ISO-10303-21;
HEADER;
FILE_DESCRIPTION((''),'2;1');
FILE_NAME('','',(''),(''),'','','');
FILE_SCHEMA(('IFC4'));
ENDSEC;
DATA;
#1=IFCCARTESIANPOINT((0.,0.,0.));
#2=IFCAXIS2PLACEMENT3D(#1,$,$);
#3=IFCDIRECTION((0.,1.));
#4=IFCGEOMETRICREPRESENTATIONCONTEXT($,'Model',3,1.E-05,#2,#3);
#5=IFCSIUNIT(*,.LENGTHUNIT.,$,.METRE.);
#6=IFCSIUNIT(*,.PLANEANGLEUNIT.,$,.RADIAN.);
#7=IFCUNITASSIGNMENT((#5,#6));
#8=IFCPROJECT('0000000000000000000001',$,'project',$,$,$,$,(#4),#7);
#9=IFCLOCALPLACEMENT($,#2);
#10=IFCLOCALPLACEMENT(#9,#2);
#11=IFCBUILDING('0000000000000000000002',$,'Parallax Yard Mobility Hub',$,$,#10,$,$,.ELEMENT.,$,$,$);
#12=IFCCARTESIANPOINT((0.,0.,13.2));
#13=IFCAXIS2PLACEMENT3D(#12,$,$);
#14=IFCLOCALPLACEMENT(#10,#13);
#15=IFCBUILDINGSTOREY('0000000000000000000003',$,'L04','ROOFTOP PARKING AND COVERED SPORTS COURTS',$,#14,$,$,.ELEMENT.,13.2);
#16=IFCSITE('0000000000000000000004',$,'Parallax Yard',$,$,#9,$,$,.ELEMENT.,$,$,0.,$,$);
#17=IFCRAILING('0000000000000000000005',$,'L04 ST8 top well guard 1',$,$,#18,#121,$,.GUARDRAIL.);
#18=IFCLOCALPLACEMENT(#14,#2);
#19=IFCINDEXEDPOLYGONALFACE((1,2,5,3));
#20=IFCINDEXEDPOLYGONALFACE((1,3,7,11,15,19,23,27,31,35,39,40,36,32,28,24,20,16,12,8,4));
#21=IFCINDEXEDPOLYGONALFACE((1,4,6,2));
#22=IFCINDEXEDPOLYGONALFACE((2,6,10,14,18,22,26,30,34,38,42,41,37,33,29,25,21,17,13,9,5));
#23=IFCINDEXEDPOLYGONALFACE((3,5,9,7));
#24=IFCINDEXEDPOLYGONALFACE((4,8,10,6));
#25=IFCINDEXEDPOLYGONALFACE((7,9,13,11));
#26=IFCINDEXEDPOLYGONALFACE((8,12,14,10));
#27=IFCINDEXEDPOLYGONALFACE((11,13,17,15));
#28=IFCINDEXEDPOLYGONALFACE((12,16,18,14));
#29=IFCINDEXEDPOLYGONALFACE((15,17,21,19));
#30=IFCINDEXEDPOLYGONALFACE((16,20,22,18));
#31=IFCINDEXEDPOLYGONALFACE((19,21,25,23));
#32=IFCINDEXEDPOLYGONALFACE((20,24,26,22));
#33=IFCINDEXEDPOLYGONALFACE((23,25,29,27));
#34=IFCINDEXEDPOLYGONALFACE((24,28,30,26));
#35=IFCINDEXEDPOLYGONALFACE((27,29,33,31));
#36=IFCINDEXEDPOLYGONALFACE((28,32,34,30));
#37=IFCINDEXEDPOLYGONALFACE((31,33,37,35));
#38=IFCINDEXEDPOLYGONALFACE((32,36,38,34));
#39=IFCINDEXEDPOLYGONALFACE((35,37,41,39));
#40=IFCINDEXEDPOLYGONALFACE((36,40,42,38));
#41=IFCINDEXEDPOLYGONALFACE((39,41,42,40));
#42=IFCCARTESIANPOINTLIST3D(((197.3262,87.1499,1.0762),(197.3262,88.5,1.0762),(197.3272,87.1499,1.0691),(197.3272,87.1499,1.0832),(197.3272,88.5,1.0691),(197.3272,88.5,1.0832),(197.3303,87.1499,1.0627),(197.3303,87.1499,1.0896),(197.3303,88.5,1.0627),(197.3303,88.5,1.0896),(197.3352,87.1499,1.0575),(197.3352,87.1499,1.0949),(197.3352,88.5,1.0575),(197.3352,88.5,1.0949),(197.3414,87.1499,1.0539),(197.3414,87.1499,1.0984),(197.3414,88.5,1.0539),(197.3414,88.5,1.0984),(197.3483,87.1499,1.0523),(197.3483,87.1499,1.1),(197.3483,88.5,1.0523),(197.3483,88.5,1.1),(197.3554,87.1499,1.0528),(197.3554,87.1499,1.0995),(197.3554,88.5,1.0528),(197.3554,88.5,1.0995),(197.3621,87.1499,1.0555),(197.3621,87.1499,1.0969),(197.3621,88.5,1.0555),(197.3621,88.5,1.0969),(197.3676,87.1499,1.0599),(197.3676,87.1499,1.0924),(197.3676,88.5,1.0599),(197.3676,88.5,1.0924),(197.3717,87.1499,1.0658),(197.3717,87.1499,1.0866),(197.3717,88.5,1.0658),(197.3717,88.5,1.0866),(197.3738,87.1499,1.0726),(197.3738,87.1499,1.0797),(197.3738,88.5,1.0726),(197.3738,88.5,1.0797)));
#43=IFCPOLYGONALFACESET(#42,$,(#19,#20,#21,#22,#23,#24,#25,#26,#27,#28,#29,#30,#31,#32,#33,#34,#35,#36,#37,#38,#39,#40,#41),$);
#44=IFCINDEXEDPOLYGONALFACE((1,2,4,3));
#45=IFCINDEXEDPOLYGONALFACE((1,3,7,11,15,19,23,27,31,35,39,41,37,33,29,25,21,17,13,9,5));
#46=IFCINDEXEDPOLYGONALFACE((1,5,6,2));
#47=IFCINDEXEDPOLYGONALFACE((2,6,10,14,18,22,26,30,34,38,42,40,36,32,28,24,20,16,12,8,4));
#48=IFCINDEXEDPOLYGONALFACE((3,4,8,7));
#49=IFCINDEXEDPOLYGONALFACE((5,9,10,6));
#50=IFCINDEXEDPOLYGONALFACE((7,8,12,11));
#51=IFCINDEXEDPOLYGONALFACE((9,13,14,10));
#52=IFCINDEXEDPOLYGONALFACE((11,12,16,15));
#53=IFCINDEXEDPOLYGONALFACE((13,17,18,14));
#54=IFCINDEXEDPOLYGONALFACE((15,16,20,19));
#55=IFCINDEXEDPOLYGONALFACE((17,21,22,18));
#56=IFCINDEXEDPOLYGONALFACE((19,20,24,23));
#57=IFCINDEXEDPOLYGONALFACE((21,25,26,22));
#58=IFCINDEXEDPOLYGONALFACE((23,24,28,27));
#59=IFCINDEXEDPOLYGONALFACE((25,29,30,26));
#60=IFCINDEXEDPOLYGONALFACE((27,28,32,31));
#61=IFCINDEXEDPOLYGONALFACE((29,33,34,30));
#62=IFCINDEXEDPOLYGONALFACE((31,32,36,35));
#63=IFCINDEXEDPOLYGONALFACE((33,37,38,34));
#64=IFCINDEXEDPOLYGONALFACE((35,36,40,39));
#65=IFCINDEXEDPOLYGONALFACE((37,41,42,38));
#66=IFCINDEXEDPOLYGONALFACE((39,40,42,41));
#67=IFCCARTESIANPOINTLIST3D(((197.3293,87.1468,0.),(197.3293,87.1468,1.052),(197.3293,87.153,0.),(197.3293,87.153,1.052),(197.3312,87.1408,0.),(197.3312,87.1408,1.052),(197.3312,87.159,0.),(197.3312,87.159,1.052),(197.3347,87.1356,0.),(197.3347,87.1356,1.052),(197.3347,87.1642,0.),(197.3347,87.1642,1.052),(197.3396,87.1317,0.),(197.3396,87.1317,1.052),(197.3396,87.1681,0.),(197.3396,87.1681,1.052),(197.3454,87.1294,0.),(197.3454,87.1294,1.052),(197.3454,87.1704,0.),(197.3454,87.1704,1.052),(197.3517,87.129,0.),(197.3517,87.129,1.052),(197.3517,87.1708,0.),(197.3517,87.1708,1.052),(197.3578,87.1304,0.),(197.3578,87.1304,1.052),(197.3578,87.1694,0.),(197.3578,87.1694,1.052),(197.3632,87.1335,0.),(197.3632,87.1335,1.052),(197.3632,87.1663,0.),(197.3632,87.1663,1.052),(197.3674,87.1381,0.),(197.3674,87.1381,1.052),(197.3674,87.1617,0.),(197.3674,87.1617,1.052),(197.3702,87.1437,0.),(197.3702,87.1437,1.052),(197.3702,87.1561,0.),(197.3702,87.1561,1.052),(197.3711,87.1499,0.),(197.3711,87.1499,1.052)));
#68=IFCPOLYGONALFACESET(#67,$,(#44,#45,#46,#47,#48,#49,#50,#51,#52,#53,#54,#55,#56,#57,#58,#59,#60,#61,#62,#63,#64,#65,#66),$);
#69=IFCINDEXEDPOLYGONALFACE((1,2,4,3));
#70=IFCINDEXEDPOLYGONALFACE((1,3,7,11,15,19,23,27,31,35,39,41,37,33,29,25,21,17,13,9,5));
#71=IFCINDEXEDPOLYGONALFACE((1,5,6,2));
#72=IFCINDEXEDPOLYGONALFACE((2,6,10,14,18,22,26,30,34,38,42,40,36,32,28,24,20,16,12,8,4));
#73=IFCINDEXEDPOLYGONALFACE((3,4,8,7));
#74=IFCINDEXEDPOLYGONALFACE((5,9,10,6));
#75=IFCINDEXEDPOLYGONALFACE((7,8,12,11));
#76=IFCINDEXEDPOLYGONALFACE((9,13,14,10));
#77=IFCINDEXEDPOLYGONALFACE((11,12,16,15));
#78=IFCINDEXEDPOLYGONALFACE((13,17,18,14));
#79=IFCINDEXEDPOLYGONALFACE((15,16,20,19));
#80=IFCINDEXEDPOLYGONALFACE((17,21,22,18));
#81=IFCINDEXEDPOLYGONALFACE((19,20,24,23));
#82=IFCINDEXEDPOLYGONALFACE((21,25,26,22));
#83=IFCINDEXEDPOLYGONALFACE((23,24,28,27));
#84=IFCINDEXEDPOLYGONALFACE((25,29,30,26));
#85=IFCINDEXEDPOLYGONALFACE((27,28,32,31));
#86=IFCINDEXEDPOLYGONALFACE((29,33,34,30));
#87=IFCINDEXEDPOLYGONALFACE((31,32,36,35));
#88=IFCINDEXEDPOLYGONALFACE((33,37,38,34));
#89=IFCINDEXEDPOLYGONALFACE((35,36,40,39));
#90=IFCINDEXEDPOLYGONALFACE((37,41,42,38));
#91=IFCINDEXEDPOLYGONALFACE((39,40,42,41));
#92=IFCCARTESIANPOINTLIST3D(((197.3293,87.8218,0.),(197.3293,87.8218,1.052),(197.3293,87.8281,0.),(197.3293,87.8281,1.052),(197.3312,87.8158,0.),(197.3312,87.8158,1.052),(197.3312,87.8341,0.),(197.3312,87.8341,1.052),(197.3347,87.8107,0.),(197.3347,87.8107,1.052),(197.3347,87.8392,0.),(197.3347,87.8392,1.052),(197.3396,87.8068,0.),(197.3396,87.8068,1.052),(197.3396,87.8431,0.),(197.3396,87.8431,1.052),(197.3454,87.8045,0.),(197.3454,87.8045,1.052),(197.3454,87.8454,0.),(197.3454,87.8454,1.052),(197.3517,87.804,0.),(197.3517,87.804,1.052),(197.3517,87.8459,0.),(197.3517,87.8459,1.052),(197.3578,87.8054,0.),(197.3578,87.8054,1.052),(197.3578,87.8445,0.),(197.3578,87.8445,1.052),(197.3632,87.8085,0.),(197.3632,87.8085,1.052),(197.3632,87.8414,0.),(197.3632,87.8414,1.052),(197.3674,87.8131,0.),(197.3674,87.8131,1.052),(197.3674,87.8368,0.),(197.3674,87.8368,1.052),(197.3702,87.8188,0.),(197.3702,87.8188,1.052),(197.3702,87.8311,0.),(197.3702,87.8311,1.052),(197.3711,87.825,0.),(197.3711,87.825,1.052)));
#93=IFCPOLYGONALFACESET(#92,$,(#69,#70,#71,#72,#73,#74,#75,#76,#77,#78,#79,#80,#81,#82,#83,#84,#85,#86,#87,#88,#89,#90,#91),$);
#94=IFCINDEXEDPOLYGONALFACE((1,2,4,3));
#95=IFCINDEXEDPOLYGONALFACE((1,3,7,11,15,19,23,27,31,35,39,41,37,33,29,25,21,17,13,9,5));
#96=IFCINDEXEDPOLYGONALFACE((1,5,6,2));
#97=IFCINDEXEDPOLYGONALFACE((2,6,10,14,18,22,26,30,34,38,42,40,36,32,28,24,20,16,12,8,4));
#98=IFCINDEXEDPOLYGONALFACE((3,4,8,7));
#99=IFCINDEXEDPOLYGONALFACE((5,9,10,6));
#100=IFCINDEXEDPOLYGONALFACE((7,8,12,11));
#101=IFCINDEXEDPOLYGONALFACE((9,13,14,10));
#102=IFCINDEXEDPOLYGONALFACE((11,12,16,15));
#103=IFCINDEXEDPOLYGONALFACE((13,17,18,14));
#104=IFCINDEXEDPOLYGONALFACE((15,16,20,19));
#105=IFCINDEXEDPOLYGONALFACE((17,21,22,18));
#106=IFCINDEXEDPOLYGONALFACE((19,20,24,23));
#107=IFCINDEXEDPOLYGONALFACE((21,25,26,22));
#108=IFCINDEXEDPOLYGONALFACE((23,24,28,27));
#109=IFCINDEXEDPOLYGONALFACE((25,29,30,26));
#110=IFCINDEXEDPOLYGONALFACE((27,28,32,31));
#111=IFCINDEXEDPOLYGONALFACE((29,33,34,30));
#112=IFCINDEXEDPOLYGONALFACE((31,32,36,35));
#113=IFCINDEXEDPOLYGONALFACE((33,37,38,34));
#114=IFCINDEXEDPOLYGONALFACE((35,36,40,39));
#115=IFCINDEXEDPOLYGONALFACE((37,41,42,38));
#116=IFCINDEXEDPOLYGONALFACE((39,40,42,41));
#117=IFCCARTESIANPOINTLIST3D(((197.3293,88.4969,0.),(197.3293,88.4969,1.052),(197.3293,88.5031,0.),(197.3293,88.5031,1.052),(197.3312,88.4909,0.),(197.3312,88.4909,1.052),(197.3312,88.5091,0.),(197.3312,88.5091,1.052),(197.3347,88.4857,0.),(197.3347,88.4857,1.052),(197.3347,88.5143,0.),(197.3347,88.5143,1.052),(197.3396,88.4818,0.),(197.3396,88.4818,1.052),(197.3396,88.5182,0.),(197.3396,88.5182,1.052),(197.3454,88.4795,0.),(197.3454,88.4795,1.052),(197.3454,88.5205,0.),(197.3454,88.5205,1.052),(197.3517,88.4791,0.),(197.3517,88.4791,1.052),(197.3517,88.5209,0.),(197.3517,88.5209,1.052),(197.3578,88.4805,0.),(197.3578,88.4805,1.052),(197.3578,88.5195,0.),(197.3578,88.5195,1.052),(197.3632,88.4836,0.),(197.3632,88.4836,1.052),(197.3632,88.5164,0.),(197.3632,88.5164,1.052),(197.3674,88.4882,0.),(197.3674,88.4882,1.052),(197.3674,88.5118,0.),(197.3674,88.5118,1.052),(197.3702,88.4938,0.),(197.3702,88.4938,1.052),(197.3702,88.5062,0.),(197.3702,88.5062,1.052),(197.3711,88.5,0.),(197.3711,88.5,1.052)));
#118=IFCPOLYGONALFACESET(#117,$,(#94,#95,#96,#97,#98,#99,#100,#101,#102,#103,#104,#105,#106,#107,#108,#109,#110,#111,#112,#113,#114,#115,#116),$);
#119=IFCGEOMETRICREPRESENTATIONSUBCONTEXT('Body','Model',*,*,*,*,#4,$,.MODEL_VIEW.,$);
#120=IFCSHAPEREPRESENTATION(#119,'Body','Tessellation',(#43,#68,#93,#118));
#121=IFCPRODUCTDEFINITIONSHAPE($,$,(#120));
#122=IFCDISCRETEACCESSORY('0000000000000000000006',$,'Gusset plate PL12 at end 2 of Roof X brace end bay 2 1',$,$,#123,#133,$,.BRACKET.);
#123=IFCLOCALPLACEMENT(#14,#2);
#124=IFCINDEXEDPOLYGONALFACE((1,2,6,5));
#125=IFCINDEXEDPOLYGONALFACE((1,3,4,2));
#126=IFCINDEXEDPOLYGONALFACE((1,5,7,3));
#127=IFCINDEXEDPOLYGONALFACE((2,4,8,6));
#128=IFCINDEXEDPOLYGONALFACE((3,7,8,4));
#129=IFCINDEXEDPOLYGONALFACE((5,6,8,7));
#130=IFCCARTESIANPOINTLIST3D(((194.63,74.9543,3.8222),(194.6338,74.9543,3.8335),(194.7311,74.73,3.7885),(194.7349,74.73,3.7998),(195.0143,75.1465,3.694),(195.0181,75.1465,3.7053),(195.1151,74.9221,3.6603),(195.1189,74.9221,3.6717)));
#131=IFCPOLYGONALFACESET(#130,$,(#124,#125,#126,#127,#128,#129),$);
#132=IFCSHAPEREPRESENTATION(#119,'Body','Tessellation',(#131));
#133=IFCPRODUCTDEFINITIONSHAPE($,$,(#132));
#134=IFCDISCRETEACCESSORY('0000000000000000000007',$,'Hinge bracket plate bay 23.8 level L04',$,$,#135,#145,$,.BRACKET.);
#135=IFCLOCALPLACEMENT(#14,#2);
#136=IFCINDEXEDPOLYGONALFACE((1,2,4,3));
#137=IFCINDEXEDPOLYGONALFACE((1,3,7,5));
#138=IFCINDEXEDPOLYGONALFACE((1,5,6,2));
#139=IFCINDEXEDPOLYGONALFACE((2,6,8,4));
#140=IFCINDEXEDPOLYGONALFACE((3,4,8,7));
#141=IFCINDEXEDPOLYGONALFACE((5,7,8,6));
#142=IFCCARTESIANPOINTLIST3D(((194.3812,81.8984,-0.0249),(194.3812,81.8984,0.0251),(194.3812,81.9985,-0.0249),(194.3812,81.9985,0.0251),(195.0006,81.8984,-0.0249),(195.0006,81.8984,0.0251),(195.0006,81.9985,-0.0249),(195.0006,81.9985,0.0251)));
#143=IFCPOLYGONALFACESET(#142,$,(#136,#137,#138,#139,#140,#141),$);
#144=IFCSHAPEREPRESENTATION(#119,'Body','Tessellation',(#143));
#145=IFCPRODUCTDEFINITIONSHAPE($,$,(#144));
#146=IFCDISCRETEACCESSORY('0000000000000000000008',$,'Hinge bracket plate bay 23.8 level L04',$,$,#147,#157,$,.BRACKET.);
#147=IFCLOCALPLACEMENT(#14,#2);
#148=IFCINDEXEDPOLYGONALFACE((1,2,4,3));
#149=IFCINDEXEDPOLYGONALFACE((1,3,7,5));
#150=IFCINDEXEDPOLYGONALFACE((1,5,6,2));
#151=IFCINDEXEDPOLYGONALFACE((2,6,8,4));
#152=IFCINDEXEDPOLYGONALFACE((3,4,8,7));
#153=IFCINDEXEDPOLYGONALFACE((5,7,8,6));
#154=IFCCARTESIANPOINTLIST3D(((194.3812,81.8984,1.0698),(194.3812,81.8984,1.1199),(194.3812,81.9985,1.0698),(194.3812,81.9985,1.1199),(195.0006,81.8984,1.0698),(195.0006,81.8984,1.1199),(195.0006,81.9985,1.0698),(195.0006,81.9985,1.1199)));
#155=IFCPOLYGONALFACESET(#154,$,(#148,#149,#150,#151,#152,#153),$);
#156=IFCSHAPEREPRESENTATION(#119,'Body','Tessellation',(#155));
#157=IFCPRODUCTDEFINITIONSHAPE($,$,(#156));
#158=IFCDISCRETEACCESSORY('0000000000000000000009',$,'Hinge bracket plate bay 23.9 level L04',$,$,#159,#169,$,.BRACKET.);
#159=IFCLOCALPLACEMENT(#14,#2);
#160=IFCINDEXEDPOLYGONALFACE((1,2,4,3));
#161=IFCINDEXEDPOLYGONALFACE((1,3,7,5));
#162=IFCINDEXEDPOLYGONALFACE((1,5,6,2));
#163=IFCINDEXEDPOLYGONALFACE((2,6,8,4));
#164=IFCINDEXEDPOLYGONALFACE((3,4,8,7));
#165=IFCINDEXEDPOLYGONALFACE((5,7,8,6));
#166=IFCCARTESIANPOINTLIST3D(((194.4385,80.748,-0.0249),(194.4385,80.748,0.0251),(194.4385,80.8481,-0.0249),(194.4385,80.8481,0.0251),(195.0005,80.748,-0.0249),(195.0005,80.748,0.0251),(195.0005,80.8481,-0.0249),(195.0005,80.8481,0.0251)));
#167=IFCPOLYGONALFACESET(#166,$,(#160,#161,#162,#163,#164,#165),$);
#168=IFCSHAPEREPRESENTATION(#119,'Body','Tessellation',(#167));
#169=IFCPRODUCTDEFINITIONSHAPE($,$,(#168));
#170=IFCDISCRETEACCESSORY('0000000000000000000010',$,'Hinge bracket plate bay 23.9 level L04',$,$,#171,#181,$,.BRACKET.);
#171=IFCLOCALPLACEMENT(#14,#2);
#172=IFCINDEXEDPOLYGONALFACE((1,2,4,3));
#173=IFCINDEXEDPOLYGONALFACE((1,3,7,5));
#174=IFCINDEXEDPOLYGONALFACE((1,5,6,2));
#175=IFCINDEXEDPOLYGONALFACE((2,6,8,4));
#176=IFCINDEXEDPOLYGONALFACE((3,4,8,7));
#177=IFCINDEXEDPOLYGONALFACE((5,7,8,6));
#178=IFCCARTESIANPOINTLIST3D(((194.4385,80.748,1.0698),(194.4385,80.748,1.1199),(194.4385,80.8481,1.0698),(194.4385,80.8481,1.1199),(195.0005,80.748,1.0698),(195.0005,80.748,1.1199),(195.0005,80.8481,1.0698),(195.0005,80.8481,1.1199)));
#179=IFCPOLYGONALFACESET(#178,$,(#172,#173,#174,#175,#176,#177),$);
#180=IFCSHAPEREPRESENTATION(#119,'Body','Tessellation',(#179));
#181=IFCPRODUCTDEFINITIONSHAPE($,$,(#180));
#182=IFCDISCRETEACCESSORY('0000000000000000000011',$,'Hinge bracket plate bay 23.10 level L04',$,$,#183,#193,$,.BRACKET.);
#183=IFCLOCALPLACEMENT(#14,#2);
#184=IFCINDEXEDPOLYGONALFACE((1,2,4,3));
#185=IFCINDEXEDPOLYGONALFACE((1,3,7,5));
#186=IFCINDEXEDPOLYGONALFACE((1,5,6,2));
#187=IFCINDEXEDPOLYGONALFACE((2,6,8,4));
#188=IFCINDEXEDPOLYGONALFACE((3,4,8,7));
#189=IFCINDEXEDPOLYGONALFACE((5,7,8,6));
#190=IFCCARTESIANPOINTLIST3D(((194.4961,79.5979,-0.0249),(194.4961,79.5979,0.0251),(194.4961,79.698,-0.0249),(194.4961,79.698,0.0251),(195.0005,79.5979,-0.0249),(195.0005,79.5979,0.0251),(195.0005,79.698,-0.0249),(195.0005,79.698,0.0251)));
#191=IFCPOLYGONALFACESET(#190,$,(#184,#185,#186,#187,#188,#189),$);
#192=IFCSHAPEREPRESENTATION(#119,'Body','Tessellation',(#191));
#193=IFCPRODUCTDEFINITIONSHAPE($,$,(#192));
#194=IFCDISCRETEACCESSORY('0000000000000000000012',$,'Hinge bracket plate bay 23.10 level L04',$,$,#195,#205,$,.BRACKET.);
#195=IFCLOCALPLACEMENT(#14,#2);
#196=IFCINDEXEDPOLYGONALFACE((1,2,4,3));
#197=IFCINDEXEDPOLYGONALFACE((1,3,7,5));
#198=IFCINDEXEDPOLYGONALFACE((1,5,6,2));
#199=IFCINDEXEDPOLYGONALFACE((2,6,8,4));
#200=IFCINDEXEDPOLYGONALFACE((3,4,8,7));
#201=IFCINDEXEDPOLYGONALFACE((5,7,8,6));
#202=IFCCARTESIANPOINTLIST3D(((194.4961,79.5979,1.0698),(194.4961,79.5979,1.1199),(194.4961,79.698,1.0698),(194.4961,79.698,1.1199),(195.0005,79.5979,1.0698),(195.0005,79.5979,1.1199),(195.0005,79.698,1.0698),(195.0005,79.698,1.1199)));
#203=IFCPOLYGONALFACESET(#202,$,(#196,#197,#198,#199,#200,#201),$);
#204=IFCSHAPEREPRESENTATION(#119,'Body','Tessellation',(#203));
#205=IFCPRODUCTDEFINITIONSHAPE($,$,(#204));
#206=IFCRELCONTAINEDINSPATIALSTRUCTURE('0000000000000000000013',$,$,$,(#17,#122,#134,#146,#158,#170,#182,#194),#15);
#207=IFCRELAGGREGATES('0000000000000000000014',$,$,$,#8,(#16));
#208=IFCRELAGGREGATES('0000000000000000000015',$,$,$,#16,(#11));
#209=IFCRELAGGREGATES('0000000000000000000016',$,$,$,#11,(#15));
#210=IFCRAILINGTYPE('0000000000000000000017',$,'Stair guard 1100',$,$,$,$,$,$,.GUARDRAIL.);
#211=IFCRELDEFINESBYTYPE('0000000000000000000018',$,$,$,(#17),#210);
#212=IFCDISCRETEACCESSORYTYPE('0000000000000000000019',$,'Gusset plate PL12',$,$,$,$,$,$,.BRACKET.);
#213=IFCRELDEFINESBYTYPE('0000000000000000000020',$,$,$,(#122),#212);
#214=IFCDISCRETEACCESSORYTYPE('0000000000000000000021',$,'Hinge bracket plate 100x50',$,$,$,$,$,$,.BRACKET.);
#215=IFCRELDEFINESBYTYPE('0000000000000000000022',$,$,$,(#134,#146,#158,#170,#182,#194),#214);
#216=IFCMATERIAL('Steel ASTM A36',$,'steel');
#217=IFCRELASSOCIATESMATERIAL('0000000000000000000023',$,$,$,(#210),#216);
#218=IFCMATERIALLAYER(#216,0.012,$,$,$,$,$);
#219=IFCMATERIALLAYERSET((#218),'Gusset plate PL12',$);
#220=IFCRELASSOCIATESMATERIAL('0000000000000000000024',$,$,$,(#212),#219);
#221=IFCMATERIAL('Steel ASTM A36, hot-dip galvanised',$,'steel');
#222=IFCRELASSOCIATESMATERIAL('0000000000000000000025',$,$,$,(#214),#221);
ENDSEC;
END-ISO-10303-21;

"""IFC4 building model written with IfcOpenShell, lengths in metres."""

from ifc_helpers import new_model, si_unit, direction, frame, origin, origin_2d, place, context, subcontext, project, spatial, polyline, rectangle, circle, outline, extrude, material, layer, layer_set, type_object, element, save


model = new_model("IFC4")

# Units and contexts
model_context = context("Model", 3, precision=1e-05, world=origin(), true_north=direction((0.0, 1.0)))
body_context = subcontext(model_context, "Body", "Model", "MODEL_VIEW")
ifc_project = project(units=[si_unit("LENGTHUNIT", "METRE"), si_unit("PLANEANGLEUNIT", "RADIAN")], contexts=[model_context])

# Site, building, storey
site_placement = place(None, origin())
site = spatial("IfcSite", under=ifc_project, at=site_placement, Name="Parallax Yard", CompositionType="ELEMENT", RefElevation=0.0)
building_placement = place(site_placement, origin())
building = spatial("IfcBuilding", under=site, at=building_placement, Name="Parallax Yard Mobility Hub", CompositionType="ELEMENT")
storey_placement = place(building_placement, frame((0.0, 0.0, 13.2)))
storey = spatial("IfcBuildingStorey", under=building, at=storey_placement, Name="L04", Description="ROOFTOP PARKING AND COVERED SPORTS COURTS", CompositionType="ELEMENT", Elevation=13.2)

# Railing
ifc_material_1 = material(Name="Steel ASTM A36", Category="steel")
railing_type = type_object("IfcRailingType", Name="Stair guard 1100", PredefinedType="GUARDRAIL", material=ifc_material_1)
railing_1_placement = place(storey_placement, frame((197.3501, 87.1499, 0.0)))
element("IfcRailing", 1, at=railing_1_placement, inside=storey, type_object=railing_type, Name="L04 ST8 top well guard 1", PredefinedType="GUARDRAIL", context=body_context, shape_type="SweptSolid", body=[
    extrude(circle(Radius=0.0239, at=origin_2d()), frame((0.0, 0.0, 1.0762), z_axis=(0.0, 1.0, 0.0), x_axis=(-1.0, 0.0, 0.0)), (0.0, 0.0, 1.0), 1.3501),
    extrude(circle(Radius=0.021, at=origin_2d()), origin(), (0.0, 0.0, 1.0), 1.052),
    extrude(circle(Radius=0.021, at=origin_2d()), frame((0.0, 0.675, 0.0)), (0.0, 0.0, 1.0), 1.052),
    extrude(circle(Radius=0.021, at=origin_2d()), frame((0.0, 1.3501, 0.0)), (0.0, 0.0, 1.0), 1.052),
])

# Discrete accessories
ifc_layer_1 = layer(ifc_material_1, 0.012)
ifc_layer_set_1 = layer_set([ifc_layer_1], Name="Gusset plate PL12")
discrete_accessory_type_1 = type_object("IfcDiscreteAccessoryType", Name="Gusset plate PL12", PredefinedType="BRACKET", material=ifc_layer_set_1)
discrete_accessory_1_placement = place(storey_placement, frame((194.7349, 74.73, 3.7998), z_axis=(0.316512, -0.00003, 0.948588), x_axis=(0.856981, 0.428749, -0.285933)))
element("IfcDiscreteAccessory", 2, at=discrete_accessory_1_placement, inside=storey, type_object=discrete_accessory_type_1, Name="Gusset plate PL12 at end 2 of Roof X brace end bay 2 1", PredefinedType="BRACKET", context=body_context, shape_type="SweptSolid", body=[
    extrude(outline(polyline([(0.0, 0.0), (0.4481, 0.0), (0.4483, 0.2483), (-0.0001, 0.2484), (0.0, 0.0)])), origin(), (0.0, 0.0, -1.0), 0.012),
])
ifc_material_2 = material(Name="Steel ASTM A36, hot-dip galvanised", Category="steel")
discrete_accessory_type_2 = type_object("IfcDiscreteAccessoryType", Name="Hinge bracket plate 100x50", PredefinedType="BRACKET", material=ifc_material_2)
for number, where, z_axis, x_axis, name in (
    (3, (194.6909, 81.9485, -0.0249), (0.0, 0.0, 1.0), (-1.0, 0.0, 0.0), "Hinge bracket plate bay 23.8 level L04"),
    (4, (194.6909, 81.9485, 1.0698), (0.0, 0.0, 1.0), (-1.0, 0.0, 0.0), "Hinge bracket plate bay 23.8 level L04"),
):
    element("IfcDiscreteAccessory", number, at=place(storey_placement, frame(where, z_axis=z_axis, x_axis=x_axis)), inside=storey, type_object=discrete_accessory_type_2, Name=name, PredefinedType="BRACKET", context=body_context, shape_type="SweptSolid", body=[
        extrude(rectangle(XDim=0.6194, YDim=0.1001, at=origin_2d()), origin(), (0.0, 0.0, 1.0), 0.05),
    ])
for number, where, z_axis, x_axis, name in (
    (5, (194.7195, 80.7981, -0.0249), (0.0, 0.0, 1.0), (-1.0, 0.0, 0.0), "Hinge bracket plate bay 23.9 level L04"),
    (6, (194.7195, 80.7981, 1.0698), (0.0, 0.0, 1.0), (-1.0, 0.0, 0.0), "Hinge bracket plate bay 23.9 level L04"),
):
    element("IfcDiscreteAccessory", number, at=place(storey_placement, frame(where, z_axis=z_axis, x_axis=x_axis)), inside=storey, type_object=discrete_accessory_type_2, Name=name, PredefinedType="BRACKET", context=body_context, shape_type="SweptSolid", body=[
        extrude(rectangle(XDim=0.562, YDim=0.1001, at=origin_2d()), origin(), (0.0, 0.0, 1.0), 0.05),
    ])
for number, where, z_axis, x_axis, name in (
    (7, (194.7483, 79.6479, -0.0249), (0.0, 0.0, 1.0), (-1.0, 0.0, 0.0), "Hinge bracket plate bay 23.10 level L04"),
    (8, (194.7483, 79.6479, 1.0698), (0.0, 0.0, 1.0), (-1.0, 0.0, 0.0), "Hinge bracket plate bay 23.10 level L04"),
):
    element("IfcDiscreteAccessory", number, at=place(storey_placement, frame(where, z_axis=z_axis, x_axis=x_axis)), inside=storey, type_object=discrete_accessory_type_2, Name=name, PredefinedType="BRACKET", context=body_context, shape_type="SweptSolid", body=[
        extrude(rectangle(XDim=0.5044, YDim=0.1001, at=origin_2d()), origin(), (0.0, 0.0, 1.0), 0.05),
    ])

save(model, "model.ifc")
